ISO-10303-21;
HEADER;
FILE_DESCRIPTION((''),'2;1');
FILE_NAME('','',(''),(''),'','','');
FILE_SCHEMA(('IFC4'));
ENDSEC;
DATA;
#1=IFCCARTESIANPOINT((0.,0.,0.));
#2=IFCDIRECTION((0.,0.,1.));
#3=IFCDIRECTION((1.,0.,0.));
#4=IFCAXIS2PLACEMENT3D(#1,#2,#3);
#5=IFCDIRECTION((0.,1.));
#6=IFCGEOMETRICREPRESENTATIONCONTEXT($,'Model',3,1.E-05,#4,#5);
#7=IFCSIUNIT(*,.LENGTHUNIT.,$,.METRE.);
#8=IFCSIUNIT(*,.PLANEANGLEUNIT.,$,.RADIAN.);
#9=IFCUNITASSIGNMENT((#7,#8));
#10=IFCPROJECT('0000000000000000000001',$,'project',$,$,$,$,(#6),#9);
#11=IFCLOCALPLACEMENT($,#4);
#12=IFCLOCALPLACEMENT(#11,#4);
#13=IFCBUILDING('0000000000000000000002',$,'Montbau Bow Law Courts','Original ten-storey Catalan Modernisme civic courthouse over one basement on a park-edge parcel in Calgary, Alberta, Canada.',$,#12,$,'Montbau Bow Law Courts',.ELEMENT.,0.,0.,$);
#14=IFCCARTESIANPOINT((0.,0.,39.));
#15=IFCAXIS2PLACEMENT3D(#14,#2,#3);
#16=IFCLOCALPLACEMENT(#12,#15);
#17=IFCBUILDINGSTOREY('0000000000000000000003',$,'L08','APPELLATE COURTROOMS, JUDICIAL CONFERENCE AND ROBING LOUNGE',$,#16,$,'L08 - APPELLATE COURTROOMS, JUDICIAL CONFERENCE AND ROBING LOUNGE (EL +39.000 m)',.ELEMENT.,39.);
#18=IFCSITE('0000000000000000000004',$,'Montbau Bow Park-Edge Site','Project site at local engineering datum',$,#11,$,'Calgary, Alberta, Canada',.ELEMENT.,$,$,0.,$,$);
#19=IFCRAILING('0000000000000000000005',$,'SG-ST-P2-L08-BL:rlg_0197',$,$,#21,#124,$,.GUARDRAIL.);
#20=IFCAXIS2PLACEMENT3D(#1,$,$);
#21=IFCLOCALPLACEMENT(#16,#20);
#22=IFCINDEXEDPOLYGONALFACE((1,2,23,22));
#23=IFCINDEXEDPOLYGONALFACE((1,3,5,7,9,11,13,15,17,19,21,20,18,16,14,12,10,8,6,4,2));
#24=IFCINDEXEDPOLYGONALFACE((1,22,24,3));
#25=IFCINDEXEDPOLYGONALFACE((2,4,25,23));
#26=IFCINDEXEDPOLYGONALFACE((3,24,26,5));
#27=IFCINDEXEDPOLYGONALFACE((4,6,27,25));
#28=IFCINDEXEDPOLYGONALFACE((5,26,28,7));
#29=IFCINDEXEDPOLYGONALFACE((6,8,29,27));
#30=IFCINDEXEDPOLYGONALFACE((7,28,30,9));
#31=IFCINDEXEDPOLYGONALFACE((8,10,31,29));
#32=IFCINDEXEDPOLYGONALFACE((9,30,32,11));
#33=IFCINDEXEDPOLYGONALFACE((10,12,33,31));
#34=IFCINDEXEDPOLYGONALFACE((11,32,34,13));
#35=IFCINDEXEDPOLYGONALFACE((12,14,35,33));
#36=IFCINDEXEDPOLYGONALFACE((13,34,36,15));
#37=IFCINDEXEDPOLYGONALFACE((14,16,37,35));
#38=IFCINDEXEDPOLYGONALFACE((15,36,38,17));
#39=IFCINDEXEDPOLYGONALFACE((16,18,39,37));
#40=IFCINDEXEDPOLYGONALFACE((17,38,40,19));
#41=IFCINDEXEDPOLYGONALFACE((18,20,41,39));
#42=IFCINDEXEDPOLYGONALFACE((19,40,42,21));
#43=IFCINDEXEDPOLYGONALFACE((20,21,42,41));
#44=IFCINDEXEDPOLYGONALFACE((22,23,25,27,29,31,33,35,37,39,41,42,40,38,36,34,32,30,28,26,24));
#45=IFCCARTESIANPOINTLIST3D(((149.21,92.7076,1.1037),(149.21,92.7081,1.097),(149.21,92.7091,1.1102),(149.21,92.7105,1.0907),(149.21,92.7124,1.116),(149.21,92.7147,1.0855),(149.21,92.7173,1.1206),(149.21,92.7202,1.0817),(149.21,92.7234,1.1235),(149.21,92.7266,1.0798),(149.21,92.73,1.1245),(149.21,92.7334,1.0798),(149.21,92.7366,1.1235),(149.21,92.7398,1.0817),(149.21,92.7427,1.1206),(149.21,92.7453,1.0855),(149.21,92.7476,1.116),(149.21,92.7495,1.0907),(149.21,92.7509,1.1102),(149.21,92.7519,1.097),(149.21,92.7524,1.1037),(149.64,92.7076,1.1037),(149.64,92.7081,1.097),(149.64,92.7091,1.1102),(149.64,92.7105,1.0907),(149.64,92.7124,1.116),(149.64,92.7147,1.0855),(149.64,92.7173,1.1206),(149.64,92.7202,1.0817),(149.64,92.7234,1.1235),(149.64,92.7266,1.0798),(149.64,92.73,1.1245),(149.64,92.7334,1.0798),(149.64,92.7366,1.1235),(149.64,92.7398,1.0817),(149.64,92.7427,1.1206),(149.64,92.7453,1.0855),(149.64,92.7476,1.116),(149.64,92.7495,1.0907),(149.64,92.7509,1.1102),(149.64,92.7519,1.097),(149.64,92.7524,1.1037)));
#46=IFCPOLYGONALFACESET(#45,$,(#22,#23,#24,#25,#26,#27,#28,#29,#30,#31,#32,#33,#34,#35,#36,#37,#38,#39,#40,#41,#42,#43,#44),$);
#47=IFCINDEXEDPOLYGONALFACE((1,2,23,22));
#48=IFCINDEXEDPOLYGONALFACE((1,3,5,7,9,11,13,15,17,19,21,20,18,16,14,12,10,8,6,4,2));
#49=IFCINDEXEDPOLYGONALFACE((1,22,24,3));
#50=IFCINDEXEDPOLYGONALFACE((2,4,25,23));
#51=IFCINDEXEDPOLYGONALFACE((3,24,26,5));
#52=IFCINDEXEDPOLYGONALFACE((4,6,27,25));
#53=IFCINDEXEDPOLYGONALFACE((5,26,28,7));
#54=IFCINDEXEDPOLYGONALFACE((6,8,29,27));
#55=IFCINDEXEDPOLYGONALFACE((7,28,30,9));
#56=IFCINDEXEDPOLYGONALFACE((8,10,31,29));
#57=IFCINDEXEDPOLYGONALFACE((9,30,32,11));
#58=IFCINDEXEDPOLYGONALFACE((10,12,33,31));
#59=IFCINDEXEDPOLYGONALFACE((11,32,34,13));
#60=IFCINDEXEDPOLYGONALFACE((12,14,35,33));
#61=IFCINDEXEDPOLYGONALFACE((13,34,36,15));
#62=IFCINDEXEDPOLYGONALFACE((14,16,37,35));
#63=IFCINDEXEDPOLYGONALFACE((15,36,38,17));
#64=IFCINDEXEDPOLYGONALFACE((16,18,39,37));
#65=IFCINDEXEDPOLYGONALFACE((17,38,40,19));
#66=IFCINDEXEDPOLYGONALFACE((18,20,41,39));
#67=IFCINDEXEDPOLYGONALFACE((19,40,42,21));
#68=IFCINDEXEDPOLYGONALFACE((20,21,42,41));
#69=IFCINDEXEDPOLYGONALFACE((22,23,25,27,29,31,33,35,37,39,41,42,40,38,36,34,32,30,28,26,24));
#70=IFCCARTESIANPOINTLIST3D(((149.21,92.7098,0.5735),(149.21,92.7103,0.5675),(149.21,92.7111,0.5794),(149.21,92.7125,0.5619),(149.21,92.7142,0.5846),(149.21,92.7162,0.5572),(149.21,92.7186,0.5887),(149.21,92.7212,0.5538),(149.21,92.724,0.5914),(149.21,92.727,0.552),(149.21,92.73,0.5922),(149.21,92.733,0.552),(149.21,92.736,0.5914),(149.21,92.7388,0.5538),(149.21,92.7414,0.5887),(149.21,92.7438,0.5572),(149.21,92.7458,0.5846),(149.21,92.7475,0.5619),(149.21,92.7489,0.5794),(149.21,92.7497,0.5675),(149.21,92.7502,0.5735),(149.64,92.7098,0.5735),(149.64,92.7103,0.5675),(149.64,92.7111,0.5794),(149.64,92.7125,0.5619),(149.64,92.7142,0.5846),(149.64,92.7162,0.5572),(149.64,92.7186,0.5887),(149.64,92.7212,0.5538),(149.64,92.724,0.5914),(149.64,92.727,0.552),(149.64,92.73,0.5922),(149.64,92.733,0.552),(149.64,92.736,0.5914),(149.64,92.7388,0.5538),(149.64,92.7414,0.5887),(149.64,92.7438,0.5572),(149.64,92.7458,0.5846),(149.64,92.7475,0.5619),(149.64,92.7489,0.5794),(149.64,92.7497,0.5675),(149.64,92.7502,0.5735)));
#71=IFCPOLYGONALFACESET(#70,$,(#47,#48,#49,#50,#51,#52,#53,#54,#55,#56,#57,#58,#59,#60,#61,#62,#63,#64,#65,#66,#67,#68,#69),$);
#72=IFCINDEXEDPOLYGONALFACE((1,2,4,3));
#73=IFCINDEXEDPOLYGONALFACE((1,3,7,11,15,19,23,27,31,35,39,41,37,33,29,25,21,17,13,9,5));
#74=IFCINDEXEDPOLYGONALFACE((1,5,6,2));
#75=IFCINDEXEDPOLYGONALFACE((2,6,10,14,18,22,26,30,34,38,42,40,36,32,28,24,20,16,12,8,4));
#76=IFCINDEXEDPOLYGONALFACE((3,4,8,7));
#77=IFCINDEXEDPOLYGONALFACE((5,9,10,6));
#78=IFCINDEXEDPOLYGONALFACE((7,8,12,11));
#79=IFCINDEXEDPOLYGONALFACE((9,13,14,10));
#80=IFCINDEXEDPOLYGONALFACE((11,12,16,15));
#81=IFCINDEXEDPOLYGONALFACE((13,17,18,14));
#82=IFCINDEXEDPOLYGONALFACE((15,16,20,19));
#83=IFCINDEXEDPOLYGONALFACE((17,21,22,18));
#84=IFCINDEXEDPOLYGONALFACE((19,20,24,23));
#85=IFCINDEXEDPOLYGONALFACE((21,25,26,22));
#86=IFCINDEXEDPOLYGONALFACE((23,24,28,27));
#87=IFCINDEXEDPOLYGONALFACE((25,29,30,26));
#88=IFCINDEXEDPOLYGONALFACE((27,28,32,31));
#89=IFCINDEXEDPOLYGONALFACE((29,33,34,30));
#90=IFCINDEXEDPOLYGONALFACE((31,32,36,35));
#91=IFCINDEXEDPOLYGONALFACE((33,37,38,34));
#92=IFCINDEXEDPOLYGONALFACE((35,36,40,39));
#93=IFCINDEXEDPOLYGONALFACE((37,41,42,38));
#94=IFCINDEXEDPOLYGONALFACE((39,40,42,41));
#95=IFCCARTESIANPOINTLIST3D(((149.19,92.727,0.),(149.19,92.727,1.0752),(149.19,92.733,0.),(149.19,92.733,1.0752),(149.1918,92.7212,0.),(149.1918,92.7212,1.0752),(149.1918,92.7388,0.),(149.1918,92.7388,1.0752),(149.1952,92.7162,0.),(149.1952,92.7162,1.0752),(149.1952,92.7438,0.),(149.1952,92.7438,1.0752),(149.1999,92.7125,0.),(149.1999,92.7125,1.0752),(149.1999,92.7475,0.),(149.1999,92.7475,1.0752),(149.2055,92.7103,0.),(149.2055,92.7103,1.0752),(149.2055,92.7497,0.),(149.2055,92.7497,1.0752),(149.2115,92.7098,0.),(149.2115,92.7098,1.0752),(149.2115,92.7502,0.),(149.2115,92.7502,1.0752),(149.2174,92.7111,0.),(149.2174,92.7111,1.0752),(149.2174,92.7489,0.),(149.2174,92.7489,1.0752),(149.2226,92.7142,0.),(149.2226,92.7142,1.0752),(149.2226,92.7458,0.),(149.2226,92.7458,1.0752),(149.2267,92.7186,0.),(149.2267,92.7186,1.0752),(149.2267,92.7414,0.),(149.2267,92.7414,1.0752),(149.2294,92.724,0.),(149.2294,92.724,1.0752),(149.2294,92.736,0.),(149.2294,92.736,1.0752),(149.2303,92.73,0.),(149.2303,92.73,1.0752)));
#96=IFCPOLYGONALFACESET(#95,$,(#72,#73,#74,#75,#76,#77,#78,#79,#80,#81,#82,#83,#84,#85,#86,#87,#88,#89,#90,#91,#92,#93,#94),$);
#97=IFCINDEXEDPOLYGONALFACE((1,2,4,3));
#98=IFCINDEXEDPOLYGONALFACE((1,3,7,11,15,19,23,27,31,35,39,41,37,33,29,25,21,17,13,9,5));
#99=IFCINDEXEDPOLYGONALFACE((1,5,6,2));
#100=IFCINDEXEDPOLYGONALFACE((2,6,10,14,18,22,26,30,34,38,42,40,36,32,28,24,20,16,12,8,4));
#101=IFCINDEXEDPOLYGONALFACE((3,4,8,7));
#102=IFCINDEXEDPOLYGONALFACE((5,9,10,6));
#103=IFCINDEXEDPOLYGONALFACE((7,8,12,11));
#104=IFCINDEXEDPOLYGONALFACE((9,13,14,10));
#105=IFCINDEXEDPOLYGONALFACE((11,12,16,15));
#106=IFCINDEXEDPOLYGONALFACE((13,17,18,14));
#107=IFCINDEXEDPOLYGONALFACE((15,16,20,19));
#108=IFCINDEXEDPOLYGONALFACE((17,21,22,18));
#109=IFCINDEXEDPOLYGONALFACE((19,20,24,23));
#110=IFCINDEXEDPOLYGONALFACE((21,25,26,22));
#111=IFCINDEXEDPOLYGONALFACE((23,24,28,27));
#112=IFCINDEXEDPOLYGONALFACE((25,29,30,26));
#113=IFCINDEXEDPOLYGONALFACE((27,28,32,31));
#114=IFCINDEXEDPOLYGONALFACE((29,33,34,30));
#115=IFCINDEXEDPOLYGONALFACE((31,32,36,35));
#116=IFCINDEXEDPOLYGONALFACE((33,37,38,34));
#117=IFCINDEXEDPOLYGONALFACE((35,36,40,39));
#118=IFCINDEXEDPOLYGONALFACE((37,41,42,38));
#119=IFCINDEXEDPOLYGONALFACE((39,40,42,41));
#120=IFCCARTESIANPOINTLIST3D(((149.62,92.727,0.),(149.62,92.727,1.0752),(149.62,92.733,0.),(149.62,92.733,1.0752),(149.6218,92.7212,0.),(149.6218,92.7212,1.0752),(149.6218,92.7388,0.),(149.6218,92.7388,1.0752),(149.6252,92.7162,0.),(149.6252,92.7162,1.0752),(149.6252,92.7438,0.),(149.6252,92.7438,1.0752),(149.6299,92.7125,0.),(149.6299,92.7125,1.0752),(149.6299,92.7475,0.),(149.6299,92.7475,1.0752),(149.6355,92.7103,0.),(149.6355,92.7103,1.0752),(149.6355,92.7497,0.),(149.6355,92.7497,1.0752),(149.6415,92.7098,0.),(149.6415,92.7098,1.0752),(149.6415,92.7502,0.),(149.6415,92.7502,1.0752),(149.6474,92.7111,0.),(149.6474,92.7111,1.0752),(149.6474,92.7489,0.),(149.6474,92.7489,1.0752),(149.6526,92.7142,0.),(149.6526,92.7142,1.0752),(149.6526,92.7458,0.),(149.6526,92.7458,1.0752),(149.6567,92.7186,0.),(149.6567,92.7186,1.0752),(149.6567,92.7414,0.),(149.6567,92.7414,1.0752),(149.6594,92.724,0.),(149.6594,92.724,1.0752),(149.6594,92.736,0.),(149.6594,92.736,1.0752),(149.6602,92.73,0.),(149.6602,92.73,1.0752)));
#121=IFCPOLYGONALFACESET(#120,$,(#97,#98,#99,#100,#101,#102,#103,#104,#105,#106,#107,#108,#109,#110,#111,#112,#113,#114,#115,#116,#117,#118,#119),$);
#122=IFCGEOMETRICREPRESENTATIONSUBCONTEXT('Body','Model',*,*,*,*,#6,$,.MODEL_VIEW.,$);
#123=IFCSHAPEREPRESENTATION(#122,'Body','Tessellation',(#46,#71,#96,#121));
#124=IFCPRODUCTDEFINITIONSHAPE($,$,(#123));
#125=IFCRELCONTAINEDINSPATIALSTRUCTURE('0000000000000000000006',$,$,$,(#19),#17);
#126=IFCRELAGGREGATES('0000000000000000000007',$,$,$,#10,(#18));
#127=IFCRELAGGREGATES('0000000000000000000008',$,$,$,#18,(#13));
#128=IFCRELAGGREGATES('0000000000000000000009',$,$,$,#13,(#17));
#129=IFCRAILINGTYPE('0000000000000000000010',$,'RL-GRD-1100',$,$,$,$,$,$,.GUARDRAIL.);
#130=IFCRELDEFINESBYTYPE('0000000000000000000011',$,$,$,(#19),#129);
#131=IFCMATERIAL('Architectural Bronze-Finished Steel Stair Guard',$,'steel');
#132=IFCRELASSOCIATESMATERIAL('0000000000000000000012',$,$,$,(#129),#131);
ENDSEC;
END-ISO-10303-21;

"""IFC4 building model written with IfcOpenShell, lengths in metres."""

from ifc_helpers import new_model, si_unit, direction, frame, origin_with_axes, origin_2d_with_axis, place, context, subcontext, project, spatial, circle, extrude, material, type_object, element, save


model = new_model("IFC4")

# Units and contexts
model_context = context("Model", 3, precision=1e-05, world=origin_with_axes(), true_north=direction((0.0, 1.0)))
body_context = subcontext(model_context, "Body", "Model", "MODEL_VIEW")
ifc_project = project(units=[si_unit("LENGTHUNIT", "METRE"), si_unit("PLANEANGLEUNIT", "RADIAN")], contexts=[model_context])

# Site, building, storey
site_placement = place(None, origin_with_axes())
site = spatial("IfcSite", under=ifc_project, at=site_placement, Name="Montbau Bow Park-Edge Site", Description="Project site at local engineering datum", LongName="Calgary, Alberta, Canada", CompositionType="ELEMENT", RefElevation=0.0)
building_placement = place(site_placement, origin_with_axes())
building = spatial("IfcBuilding", under=site, at=building_placement, Name="Montbau Bow Law Courts", Description="Original ten-storey Catalan Modernisme civic courthouse over one basement on a park-edge parcel in Calgary, Alberta, Canada.", LongName="Montbau Bow Law Courts", CompositionType="ELEMENT", ElevationOfRefHeight=0.0, ElevationOfTerrain=0.0)
storey_placement = place(building_placement, frame((0.0, 0.0, 39.0), z_axis=(0.0, 0.0, 1.0), x_axis=(1.0, 0.0, 0.0)))
storey = spatial("IfcBuildingStorey", under=building, at=storey_placement, Name="L08", Description="APPELLATE COURTROOMS, JUDICIAL CONFERENCE AND ROBING LOUNGE", LongName="L08 - APPELLATE COURTROOMS, JUDICIAL CONFERENCE AND ROBING LOUNGE (EL +39.000 m)", CompositionType="ELEMENT", Elevation=39.0)

# Railing
ifc_material_1 = material(Name="Architectural Bronze-Finished Steel Stair Guard", Category="steel")
railing_type_1 = type_object("IfcRailingType", Name="RL-GRD-1100", PredefinedType="GUARDRAIL", material=ifc_material_1)
railing_1_placement = place(None, origin_with_axes())
element("IfcRailing", 1, at=railing_1_placement, inside=storey, type_object=railing_type_1, Name="SG-ST-P2-L08-BL:rlg_0197", PredefinedType="GUARDRAIL", context=body_context, shape_type="SweptSolid", body=[
    extrude(circle(Radius=0.0225, at=origin_2d_with_axis()), frame((149.21, 92.73, 40.102), z_axis=(1.0, 0.0, 0.0), x_axis=(0.0, 0.0, 1.0)), (0.0, 0.0, 1.0), 0.43),
    extrude(circle(Radius=0.0203, at=origin_2d_with_axis()), frame((149.21, 92.73, 39.572), z_axis=(1.0, 0.0, 0.0), x_axis=(0.0, 0.0, 1.0)), (0.0, 0.0, 1.0), 0.43),
    extrude(circle(Radius=0.0203, at=origin_2d_with_axis()), frame((149.21, 92.73, 39.0), z_axis=(0.0, 0.0, 1.0), x_axis=(1.0, 0.0, 0.0)), (0.0, 0.0, 1.0), 1.0753),
    extrude(circle(Radius=0.0203, at=origin_2d_with_axis()), frame((149.64, 92.73, 39.0), z_axis=(0.0, 0.0, 1.0), x_axis=(1.0, 0.0, 0.0)), (0.0, 0.0, 1.0), 1.0753),
])

save(model, "model.ifc")
